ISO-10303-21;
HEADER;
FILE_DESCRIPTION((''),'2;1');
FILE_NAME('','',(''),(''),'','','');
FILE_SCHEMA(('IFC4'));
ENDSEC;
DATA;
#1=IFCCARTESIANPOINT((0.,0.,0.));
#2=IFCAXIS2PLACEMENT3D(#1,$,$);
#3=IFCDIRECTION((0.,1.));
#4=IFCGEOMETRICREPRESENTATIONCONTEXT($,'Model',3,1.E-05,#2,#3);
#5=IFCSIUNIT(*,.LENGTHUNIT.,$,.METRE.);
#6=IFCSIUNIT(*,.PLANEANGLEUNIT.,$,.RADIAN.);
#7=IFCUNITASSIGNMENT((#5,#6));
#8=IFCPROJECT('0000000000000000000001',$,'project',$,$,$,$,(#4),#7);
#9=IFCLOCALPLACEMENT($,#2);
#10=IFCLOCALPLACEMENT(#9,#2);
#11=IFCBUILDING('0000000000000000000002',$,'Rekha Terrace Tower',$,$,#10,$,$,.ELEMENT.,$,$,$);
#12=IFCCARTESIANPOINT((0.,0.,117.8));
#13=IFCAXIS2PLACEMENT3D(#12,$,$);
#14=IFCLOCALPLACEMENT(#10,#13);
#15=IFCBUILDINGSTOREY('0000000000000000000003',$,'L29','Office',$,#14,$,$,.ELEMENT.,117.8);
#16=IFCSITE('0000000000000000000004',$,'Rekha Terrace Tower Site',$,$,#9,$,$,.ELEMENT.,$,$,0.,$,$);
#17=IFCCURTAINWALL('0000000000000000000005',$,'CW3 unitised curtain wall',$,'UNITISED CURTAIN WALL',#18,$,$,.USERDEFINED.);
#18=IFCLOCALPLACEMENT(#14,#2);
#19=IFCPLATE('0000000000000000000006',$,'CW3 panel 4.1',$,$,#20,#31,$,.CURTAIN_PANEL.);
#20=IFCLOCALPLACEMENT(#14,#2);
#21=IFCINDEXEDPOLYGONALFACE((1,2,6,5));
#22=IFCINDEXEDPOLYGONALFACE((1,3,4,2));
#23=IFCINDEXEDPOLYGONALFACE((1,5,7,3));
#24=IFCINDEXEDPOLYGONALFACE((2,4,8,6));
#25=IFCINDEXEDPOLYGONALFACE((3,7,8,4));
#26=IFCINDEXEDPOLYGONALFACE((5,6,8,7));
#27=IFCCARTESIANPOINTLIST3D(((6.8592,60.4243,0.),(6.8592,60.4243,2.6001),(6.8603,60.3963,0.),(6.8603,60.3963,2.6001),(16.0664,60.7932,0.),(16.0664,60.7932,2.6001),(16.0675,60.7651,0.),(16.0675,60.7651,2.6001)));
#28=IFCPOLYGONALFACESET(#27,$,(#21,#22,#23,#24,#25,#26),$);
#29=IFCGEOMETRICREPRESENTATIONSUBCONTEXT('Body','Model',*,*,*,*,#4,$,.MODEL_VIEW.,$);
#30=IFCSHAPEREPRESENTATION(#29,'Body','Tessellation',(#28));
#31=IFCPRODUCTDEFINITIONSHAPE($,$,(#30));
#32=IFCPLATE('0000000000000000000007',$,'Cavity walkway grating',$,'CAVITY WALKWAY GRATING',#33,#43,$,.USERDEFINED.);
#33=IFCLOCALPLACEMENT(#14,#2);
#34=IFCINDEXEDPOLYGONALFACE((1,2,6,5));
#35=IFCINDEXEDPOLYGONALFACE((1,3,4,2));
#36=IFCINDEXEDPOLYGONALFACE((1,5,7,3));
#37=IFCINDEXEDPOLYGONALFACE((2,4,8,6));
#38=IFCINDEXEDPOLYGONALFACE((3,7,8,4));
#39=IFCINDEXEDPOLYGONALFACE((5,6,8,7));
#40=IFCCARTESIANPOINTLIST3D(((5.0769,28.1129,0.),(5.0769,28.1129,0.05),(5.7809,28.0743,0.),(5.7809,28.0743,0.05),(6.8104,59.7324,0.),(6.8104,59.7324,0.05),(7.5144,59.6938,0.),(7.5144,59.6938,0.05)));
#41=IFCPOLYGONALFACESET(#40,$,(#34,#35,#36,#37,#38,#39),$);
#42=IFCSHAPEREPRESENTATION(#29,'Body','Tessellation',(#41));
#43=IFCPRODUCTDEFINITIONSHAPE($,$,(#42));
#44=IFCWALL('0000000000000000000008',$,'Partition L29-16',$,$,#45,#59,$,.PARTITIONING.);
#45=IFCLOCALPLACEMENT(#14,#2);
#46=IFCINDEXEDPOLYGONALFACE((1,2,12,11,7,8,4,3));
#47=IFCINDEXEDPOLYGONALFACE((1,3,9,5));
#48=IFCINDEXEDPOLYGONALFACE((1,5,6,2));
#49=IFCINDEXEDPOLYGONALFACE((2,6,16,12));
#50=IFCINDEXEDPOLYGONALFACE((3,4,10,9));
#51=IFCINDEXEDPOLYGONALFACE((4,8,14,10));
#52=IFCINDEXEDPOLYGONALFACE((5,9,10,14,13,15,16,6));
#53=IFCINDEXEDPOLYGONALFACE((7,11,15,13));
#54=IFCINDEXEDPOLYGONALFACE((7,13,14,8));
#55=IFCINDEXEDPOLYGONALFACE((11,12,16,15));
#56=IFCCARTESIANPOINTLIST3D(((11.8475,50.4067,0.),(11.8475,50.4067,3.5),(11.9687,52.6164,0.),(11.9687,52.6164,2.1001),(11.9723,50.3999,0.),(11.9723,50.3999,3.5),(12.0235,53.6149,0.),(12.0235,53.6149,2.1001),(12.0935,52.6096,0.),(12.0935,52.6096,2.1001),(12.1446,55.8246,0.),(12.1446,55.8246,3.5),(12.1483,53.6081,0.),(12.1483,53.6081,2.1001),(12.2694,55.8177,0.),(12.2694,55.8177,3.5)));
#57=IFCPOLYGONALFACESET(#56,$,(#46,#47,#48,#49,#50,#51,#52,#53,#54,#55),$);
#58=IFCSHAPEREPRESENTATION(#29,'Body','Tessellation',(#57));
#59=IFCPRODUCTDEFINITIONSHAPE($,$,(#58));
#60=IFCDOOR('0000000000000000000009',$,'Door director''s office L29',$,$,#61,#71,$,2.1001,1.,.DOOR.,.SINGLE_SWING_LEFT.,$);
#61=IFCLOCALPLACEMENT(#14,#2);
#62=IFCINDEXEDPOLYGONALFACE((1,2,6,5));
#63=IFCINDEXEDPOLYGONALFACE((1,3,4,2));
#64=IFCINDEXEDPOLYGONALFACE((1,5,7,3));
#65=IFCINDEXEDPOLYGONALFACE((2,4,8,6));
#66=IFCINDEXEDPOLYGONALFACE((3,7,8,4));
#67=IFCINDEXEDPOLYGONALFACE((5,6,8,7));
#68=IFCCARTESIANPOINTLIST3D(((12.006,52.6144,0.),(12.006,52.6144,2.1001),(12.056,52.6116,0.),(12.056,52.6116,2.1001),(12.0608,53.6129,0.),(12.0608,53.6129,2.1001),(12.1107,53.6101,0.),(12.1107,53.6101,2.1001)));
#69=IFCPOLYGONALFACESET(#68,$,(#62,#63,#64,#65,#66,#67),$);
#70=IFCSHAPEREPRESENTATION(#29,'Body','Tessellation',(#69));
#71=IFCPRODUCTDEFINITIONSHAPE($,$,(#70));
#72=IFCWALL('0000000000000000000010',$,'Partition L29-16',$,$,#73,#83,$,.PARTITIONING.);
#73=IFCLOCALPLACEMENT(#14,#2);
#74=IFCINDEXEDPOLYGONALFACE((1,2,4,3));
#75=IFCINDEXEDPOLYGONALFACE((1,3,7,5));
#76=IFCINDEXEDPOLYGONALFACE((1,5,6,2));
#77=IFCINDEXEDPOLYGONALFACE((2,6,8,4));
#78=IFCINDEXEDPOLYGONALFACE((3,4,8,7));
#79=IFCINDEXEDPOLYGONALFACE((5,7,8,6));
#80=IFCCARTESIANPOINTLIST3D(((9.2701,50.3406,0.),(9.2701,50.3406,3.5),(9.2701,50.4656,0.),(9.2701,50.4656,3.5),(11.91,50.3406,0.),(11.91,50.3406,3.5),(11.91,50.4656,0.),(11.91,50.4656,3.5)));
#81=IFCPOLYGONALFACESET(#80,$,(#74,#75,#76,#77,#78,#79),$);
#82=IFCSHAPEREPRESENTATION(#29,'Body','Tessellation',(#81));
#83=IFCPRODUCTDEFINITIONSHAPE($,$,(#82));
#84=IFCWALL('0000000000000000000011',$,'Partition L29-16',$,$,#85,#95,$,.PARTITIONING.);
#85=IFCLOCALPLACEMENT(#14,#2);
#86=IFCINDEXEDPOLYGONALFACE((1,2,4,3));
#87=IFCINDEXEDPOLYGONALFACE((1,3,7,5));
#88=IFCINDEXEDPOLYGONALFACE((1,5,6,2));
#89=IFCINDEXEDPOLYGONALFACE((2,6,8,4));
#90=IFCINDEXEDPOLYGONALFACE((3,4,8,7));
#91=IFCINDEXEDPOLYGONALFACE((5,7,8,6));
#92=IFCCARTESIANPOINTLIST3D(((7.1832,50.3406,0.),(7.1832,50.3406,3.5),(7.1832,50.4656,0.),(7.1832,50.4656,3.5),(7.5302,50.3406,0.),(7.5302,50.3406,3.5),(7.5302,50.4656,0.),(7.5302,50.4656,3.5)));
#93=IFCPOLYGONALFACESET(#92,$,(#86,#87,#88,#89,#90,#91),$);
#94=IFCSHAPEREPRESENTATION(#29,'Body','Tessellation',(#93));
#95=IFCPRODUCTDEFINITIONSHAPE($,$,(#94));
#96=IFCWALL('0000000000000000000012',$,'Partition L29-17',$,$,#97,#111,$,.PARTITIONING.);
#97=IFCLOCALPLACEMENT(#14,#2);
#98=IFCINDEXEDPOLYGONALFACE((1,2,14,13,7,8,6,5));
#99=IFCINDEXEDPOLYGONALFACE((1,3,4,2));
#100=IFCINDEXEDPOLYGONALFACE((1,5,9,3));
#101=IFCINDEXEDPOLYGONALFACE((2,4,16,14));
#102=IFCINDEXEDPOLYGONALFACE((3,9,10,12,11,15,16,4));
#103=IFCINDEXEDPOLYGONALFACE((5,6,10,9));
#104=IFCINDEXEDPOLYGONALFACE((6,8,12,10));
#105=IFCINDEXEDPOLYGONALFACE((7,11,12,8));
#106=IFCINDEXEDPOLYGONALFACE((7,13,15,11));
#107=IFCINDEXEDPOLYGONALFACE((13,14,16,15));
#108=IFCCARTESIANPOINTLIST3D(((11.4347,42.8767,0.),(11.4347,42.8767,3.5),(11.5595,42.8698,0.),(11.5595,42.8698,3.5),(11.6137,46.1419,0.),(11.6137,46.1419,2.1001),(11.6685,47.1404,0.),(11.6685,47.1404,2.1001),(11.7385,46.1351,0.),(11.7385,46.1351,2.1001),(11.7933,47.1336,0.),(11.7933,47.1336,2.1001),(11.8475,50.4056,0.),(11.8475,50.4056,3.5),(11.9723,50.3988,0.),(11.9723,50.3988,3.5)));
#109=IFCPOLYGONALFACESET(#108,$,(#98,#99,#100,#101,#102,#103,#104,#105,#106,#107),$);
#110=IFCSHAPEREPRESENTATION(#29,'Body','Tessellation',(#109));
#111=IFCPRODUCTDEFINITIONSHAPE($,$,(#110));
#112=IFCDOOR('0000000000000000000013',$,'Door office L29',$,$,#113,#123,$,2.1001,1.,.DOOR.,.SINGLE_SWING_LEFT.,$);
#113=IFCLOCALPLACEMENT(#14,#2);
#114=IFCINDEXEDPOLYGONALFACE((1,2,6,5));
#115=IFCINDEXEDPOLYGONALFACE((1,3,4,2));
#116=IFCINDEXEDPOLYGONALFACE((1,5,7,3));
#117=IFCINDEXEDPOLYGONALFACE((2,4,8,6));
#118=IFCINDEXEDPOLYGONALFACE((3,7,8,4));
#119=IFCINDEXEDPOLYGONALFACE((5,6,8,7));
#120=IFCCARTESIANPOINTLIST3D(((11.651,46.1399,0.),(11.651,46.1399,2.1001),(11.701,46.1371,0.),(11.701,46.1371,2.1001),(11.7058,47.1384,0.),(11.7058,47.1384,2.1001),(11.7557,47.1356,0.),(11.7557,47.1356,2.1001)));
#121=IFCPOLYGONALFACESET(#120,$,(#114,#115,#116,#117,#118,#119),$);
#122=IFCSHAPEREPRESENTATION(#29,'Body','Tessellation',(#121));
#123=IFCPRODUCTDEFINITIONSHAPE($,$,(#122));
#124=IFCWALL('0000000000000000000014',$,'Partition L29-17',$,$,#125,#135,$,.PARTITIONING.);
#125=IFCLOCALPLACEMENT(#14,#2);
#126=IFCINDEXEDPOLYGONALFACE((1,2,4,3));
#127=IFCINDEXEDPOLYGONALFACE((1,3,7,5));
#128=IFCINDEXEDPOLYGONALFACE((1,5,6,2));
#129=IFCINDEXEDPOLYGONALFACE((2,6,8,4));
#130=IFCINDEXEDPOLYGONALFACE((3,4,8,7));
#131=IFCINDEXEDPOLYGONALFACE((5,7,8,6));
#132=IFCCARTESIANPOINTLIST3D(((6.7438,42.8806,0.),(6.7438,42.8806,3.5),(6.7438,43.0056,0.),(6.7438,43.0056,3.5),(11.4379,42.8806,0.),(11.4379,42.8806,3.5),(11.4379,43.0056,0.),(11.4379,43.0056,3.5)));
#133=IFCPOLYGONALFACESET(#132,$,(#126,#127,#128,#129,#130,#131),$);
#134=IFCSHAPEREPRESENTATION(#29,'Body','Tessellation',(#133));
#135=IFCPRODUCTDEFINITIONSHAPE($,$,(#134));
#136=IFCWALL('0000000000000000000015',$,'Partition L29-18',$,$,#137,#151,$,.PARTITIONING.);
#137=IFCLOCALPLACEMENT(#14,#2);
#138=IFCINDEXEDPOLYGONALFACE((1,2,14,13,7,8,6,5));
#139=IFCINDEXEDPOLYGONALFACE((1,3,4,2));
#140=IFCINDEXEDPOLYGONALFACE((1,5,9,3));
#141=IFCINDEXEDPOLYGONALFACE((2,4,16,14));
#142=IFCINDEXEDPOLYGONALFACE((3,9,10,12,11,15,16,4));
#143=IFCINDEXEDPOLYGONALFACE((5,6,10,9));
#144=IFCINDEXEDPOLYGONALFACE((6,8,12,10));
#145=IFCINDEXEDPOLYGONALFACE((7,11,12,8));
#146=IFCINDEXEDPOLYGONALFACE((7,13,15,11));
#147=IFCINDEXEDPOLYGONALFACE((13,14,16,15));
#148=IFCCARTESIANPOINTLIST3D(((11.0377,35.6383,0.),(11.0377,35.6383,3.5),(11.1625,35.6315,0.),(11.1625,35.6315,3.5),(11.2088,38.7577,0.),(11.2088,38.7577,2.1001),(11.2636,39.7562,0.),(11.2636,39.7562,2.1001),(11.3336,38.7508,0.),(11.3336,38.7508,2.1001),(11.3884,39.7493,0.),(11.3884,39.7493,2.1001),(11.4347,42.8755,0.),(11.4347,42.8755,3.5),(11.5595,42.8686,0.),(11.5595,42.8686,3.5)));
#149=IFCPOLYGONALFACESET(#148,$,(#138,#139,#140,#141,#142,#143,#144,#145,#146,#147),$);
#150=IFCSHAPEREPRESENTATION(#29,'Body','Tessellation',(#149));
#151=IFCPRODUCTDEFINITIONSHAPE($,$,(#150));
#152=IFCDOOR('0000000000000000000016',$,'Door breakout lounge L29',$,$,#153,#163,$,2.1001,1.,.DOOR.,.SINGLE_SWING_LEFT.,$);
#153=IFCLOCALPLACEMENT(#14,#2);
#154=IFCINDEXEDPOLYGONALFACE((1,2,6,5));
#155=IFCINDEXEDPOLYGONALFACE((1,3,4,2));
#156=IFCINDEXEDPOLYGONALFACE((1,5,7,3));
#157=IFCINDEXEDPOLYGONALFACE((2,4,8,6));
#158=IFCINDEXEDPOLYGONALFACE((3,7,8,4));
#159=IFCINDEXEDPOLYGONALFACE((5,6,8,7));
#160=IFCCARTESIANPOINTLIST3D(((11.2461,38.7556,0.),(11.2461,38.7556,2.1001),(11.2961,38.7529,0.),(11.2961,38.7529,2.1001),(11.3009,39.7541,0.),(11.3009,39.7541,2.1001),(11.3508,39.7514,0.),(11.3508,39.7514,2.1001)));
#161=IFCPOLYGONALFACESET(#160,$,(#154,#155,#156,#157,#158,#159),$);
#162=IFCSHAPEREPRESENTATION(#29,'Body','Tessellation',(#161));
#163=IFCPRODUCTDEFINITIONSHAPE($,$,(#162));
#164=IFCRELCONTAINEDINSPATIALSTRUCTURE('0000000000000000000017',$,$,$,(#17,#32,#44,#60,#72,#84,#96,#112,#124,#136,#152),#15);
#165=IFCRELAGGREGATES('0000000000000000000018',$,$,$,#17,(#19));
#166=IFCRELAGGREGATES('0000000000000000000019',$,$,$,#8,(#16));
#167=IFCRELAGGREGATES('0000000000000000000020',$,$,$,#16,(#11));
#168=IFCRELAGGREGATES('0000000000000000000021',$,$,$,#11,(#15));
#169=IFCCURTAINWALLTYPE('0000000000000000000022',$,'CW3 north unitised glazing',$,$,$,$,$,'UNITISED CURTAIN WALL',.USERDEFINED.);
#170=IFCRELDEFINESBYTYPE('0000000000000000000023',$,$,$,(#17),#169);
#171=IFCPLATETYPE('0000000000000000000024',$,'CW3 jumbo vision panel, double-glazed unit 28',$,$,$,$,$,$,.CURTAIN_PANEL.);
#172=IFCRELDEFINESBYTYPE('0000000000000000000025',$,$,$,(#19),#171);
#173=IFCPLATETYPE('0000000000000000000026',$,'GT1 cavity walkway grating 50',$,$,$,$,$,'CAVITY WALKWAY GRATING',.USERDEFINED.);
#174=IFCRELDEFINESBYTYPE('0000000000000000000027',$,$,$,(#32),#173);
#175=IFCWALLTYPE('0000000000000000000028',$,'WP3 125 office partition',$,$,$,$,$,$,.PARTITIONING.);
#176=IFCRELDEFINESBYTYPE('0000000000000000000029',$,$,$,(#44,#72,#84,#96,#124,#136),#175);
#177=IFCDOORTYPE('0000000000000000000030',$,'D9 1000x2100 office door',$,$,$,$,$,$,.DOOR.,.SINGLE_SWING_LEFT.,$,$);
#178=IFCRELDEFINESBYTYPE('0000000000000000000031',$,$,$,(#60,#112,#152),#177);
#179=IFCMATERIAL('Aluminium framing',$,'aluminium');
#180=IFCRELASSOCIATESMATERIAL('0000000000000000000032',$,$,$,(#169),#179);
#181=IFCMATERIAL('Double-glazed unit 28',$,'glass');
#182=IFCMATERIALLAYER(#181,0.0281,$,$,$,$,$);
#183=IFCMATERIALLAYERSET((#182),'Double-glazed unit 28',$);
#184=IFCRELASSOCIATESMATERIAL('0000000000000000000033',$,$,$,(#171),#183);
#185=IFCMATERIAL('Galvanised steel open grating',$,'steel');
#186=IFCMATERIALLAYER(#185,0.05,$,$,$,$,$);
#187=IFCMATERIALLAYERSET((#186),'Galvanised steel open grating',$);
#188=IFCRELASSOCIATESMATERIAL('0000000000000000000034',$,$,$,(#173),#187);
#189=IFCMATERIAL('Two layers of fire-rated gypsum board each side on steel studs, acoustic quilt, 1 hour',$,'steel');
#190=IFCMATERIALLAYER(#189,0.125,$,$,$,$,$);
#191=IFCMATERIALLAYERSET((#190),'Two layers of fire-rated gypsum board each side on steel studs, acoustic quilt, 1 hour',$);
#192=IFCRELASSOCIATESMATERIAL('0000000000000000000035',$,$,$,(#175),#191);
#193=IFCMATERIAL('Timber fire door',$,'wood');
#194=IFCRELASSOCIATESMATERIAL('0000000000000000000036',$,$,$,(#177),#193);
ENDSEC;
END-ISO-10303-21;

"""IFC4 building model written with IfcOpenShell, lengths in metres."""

from ifc_helpers import new_model, si_unit, direction, frame, frame_2d, origin, origin_2d, place, context, subcontext, project, spatial, rectangle, extrude, material, layer, layer_set, type_object, element, fill, aggregate, save


model = new_model("IFC4")

# Units and contexts
model_context = context("Model", 3, precision=1e-05, world=origin(), true_north=direction((0.0, 1.0)))
body_context = subcontext(model_context, "Body", "Model", "MODEL_VIEW")
ifc_project = project(units=[si_unit("LENGTHUNIT", "METRE"), si_unit("PLANEANGLEUNIT", "RADIAN")], contexts=[model_context])

# Site, building, storey
site_placement = place(None, origin())
site = spatial("IfcSite", under=ifc_project, at=site_placement, Name="Rekha Terrace Tower Site", CompositionType="ELEMENT", RefElevation=0.0)
building_placement = place(site_placement, origin())
building = spatial("IfcBuilding", under=site, at=building_placement, Name="Rekha Terrace Tower", CompositionType="ELEMENT")
storey_placement = place(building_placement, frame((0.0, 0.0, 117.8)))
storey = spatial("IfcBuildingStorey", under=building, at=storey_placement, Name="L29", Description="Office", CompositionType="ELEMENT", Elevation=117.8)

# Shared definitions
ifc_material_1 = material(Name="Aluminium framing", Category="aluminium")

# Curtain wall
curtain_wall_type_1 = type_object("IfcCurtainWallType", Name="CW3 north unitised glazing", ElementType="UNITISED CURTAIN WALL", PredefinedType="USERDEFINED", material=ifc_material_1)
curtain_wall_1_placement = place(storey_placement, origin())
curtain_wall_1 = element("IfcCurtainWall", 1, at=curtain_wall_1_placement, inside=storey, type_object=curtain_wall_type_1, Name="CW3 unitised curtain wall", ObjectType="UNITISED CURTAIN WALL", PredefinedType="USERDEFINED")

# Plates
ifc_material_2 = material(Name="Double-glazed unit 28", Category="glass")
ifc_layer_1 = layer(ifc_material_2, 0.0281)
ifc_layer_set_1 = layer_set([ifc_layer_1], Name="Double-glazed unit 28")
plate_type_1 = type_object("IfcPlateType", Name="CW3 jumbo vision panel, double-glazed unit 28", PredefinedType="CURTAIN_PANEL", material=ifc_layer_set_1)
plate_1_placement = place(storey_placement, frame((11.4634, 60.5947, 0.0), z_axis=(0.0, 0.0, 1.0), x_axis=(-0.999198, -0.040032, 0.0)))
plate_1 = element("IfcPlate", 2, at=plate_1_placement, type_object=plate_type_1, Name="CW3 panel 4.1", PredefinedType="CURTAIN_PANEL", context=body_context, shape_type="SweptSolid", body=[
    extrude(rectangle(XDim=9.2146, YDim=0.0281, at=origin_2d()), origin(), (0.0, 0.0, 1.0), 2.6001),
])
aggregate(curtain_wall_1, [plate_1])
ifc_material_3 = material(Name="Galvanised steel open grating", Category="steel")
ifc_layer_2 = layer(ifc_material_3, 0.05)
ifc_layer_set_2 = layer_set([ifc_layer_2], Name="Galvanised steel open grating")
plate_type_2 = type_object("IfcPlateType", Name="GT1 cavity walkway grating 50", ElementType="CAVITY WALKWAY GRATING", PredefinedType="USERDEFINED", material=ifc_layer_set_2)
plate_2_placement = place(storey_placement, frame((6.2957, 43.9033, 0.0), z_axis=(0.0, 0.0, 1.0), x_axis=(-0.054742, -0.998501, 0.0)))
element("IfcPlate", 3, at=plate_2_placement, inside=storey, type_object=plate_type_2, Name="Cavity walkway grating", ObjectType="CAVITY WALKWAY GRATING", PredefinedType="USERDEFINED", context=body_context, shape_type="SweptSolid", body=[
    extrude(rectangle(XDim=31.667, YDim=0.7051, at=origin_2d()), origin(), (0.0, 0.0, 1.0), 0.05),
])

# Wall, opening, door
ifc_material_4 = material(Name="Two layers of fire-rated gypsum board each side on steel studs, acoustic quilt, 1 hour", Category="steel")
ifc_layer_3 = layer(ifc_material_4, 0.125)
ifc_layer_set_3 = layer_set([ifc_layer_3], Name="Two layers of fire-rated gypsum board each side on steel studs, acoustic quilt, 1 hour")
wall_type = type_object("IfcWallType", Name="WP3 125 office partition", PredefinedType="PARTITIONING", material=ifc_layer_set_3)
wall_1_placement = place(storey_placement, frame((12.207, 55.821, 0.0), z_axis=(0.0, 0.0, 1.0), x_axis=(-0.054757, -0.9985, 0.0)))
wall_1 = element("IfcWall", 4, at=wall_1_placement, inside=storey, type_object=wall_type, Name="Partition L29-16", PredefinedType="PARTITIONING", context=body_context, shape_type="SweptSolid", body=[
    extrude(rectangle(XDim=5.426, YDim=0.125, at=frame_2d((2.7129, 0.0))), origin(), (0.0, 0.0, 1.0), 3.5),
])
opening_1_placement = place(wall_1_placement, frame((2.2129, 0.0, 0.0)))
opening_1 = element("IfcOpeningElement", 5, at=opening_1_placement, cuts=wall_1, PredefinedType="OPENING", context=body_context, shape_type="SweptSolid", body=[
    extrude(rectangle(XDim=1.0, YDim=2.1001, at=frame_2d((0.5, 1.05))), frame((0.0, 0.0725, 0.0), z_axis=(0.0, -1.0, 0.0), x_axis=(1.0, 0.0, 0.0)), (0.0, 0.0, 1.0), 0.145),
])
ifc_material_5 = material(Name="Timber fire door", Category="wood")
door_type = type_object("IfcDoorType", Name="D9 1000x2100 office door", OperationType="SINGLE_SWING_LEFT", PredefinedType="DOOR", material=ifc_material_5)
door_1_placement = place(opening_1_placement, origin())
door_1 = element("IfcDoor", 6, at=door_1_placement, inside=storey, type_object=door_type, Name="Door director's office L29", OperationType="SINGLE_SWING_LEFT", OverallHeight=2.1001, OverallWidth=1.0, PredefinedType="DOOR", context=body_context, shape_type="SweptSolid", body=[
    extrude(rectangle(XDim=1.0, YDim=2.1001, at=frame_2d((0.5, 1.05))), frame((0.0, 0.0249, 0.0), z_axis=(0.0, -1.0, 0.0), x_axis=(1.0, 0.0, 0.0)), (0.0, 0.0, 1.0), 0.05),
])
fill(opening_1, door_1)

# Walls
wall_2_placement = place(storey_placement, frame((11.9099, 50.4031, 0.0), z_axis=(0.0, 0.0, 1.0), x_axis=(-1.0, 0.0, 0.0)))
element("IfcWall", 7, at=wall_2_placement, inside=storey, type_object=wall_type, Name="Partition L29-16", PredefinedType="PARTITIONING", context=body_context, shape_type="SweptSolid", body=[
    extrude(rectangle(XDim=2.6399, YDim=0.125, at=frame_2d((1.3198, 0.0))), origin(), (0.0, 0.0, 1.0), 3.5),
])
wall_3_placement = place(storey_placement, frame((7.53, 50.4031, 0.0), z_axis=(0.0, 0.0, 1.0), x_axis=(-1.0, 0.0, 0.0)))
element("IfcWall", 8, at=wall_3_placement, inside=storey, type_object=wall_type, Name="Partition L29-16", PredefinedType="PARTITIONING", context=body_context, shape_type="SweptSolid", body=[
    extrude(rectangle(XDim=0.3469, YDim=0.125, at=frame_2d((0.1733, 0.0))), origin(), (0.0, 0.0, 1.0), 3.5),
])

# Wall, opening, door
wall_4_placement = place(storey_placement, frame((11.9099, 50.4021, 0.0), z_axis=(0.0, 0.0, 1.0), x_axis=(-0.054751, -0.9985, 0.0)))
wall_4 = element("IfcWall", 9, at=wall_4_placement, inside=storey, type_object=wall_type, Name="Partition L29-17", PredefinedType="PARTITIONING", context=body_context, shape_type="SweptSolid", body=[
    extrude(rectangle(XDim=7.5403, YDim=0.125, at=frame_2d((3.77, 0.0))), origin(), (0.0, 0.0, 1.0), 3.5),
])
opening_2_placement = place(wall_4_placement, frame((3.27, 0.0, 0.0)))
opening_2 = element("IfcOpeningElement", 10, at=opening_2_placement, cuts=wall_4, PredefinedType="OPENING", context=body_context, shape_type="SweptSolid", body=[
    extrude(rectangle(XDim=1.0, YDim=2.1001, at=frame_2d((0.5, 1.05))), frame((0.0, 0.0725, 0.0), z_axis=(0.0, -1.0, 0.0), x_axis=(1.0, 0.0, 0.0)), (0.0, 0.0, 1.0), 0.145),
])
door_2_placement = place(opening_2_placement, origin())
door_2 = element("IfcDoor", 11, at=door_2_placement, inside=storey, type_object=door_type, Name="Door office L29", OperationType="SINGLE_SWING_LEFT", OverallHeight=2.1001, OverallWidth=1.0, PredefinedType="DOOR", context=body_context, shape_type="SweptSolid", body=[
    extrude(rectangle(XDim=1.0, YDim=2.1001, at=frame_2d((0.5, 1.05))), frame((0.0, 0.0249, 0.0), z_axis=(0.0, -1.0, 0.0), x_axis=(1.0, 0.0, 0.0)), (0.0, 0.0, 1.0), 0.05),
])
fill(opening_2, door_2)

# Wall
wall_5_placement = place(storey_placement, frame((11.438, 42.9431, 0.0), z_axis=(0.0, 0.0, 1.0), x_axis=(-1.0, 0.0, 0.0)))
element("IfcWall", 12, at=wall_5_placement, inside=storey, type_object=wall_type, Name="Partition L29-17", PredefinedType="PARTITIONING", context=body_context, shape_type="SweptSolid", body=[
    extrude(rectangle(XDim=4.6941, YDim=0.125, at=frame_2d((2.3472, 0.0))), origin(), (0.0, 0.0, 1.0), 3.5),
])

# Wall, opening, door
wall_6_placement = place(storey_placement, frame((11.4971, 42.8721, 0.0), z_axis=(0.0, 0.0, 1.0), x_axis=(-0.05477, -0.998499, 0.0)))
wall_6 = element("IfcWall", 13, at=wall_6_placement, inside=storey, type_object=wall_type, Name="Partition L29-18", PredefinedType="PARTITIONING", context=body_context, shape_type="SweptSolid", body=[
    extrude(rectangle(XDim=7.248, YDim=0.125, at=frame_2d((3.624, 0.0))), origin(), (0.0, 0.0, 1.0), 3.5),
])
opening_3_placement = place(wall_6_placement, frame((3.124, 0.0, 0.0)))
opening_3 = element("IfcOpeningElement", 14, at=opening_3_placement, cuts=wall_6, PredefinedType="OPENING", context=body_context, shape_type="SweptSolid", body=[
    extrude(rectangle(XDim=1.0, YDim=2.1001, at=frame_2d((0.5, 1.05))), frame((0.0, 0.0725, 0.0), z_axis=(0.0, -1.0, 0.0), x_axis=(1.0, 0.0, 0.0)), (0.0, 0.0, 1.0), 0.145),
])
door_3_placement = place(opening_3_placement, origin())
door_3 = element("IfcDoor", 15, at=door_3_placement, inside=storey, type_object=door_type, Name="Door breakout lounge L29", OperationType="SINGLE_SWING_LEFT", OverallHeight=2.1001, OverallWidth=1.0, PredefinedType="DOOR", context=body_context, shape_type="SweptSolid", body=[
    extrude(rectangle(XDim=1.0, YDim=2.1001, at=frame_2d((0.5, 1.05))), frame((0.0, 0.0249, 0.0), z_axis=(0.0, -1.0, 0.0), x_axis=(1.0, 0.0, 0.0)), (0.0, 0.0, 1.0), 0.05),
])
fill(opening_3, door_3)

save(model, "model.ifc")
